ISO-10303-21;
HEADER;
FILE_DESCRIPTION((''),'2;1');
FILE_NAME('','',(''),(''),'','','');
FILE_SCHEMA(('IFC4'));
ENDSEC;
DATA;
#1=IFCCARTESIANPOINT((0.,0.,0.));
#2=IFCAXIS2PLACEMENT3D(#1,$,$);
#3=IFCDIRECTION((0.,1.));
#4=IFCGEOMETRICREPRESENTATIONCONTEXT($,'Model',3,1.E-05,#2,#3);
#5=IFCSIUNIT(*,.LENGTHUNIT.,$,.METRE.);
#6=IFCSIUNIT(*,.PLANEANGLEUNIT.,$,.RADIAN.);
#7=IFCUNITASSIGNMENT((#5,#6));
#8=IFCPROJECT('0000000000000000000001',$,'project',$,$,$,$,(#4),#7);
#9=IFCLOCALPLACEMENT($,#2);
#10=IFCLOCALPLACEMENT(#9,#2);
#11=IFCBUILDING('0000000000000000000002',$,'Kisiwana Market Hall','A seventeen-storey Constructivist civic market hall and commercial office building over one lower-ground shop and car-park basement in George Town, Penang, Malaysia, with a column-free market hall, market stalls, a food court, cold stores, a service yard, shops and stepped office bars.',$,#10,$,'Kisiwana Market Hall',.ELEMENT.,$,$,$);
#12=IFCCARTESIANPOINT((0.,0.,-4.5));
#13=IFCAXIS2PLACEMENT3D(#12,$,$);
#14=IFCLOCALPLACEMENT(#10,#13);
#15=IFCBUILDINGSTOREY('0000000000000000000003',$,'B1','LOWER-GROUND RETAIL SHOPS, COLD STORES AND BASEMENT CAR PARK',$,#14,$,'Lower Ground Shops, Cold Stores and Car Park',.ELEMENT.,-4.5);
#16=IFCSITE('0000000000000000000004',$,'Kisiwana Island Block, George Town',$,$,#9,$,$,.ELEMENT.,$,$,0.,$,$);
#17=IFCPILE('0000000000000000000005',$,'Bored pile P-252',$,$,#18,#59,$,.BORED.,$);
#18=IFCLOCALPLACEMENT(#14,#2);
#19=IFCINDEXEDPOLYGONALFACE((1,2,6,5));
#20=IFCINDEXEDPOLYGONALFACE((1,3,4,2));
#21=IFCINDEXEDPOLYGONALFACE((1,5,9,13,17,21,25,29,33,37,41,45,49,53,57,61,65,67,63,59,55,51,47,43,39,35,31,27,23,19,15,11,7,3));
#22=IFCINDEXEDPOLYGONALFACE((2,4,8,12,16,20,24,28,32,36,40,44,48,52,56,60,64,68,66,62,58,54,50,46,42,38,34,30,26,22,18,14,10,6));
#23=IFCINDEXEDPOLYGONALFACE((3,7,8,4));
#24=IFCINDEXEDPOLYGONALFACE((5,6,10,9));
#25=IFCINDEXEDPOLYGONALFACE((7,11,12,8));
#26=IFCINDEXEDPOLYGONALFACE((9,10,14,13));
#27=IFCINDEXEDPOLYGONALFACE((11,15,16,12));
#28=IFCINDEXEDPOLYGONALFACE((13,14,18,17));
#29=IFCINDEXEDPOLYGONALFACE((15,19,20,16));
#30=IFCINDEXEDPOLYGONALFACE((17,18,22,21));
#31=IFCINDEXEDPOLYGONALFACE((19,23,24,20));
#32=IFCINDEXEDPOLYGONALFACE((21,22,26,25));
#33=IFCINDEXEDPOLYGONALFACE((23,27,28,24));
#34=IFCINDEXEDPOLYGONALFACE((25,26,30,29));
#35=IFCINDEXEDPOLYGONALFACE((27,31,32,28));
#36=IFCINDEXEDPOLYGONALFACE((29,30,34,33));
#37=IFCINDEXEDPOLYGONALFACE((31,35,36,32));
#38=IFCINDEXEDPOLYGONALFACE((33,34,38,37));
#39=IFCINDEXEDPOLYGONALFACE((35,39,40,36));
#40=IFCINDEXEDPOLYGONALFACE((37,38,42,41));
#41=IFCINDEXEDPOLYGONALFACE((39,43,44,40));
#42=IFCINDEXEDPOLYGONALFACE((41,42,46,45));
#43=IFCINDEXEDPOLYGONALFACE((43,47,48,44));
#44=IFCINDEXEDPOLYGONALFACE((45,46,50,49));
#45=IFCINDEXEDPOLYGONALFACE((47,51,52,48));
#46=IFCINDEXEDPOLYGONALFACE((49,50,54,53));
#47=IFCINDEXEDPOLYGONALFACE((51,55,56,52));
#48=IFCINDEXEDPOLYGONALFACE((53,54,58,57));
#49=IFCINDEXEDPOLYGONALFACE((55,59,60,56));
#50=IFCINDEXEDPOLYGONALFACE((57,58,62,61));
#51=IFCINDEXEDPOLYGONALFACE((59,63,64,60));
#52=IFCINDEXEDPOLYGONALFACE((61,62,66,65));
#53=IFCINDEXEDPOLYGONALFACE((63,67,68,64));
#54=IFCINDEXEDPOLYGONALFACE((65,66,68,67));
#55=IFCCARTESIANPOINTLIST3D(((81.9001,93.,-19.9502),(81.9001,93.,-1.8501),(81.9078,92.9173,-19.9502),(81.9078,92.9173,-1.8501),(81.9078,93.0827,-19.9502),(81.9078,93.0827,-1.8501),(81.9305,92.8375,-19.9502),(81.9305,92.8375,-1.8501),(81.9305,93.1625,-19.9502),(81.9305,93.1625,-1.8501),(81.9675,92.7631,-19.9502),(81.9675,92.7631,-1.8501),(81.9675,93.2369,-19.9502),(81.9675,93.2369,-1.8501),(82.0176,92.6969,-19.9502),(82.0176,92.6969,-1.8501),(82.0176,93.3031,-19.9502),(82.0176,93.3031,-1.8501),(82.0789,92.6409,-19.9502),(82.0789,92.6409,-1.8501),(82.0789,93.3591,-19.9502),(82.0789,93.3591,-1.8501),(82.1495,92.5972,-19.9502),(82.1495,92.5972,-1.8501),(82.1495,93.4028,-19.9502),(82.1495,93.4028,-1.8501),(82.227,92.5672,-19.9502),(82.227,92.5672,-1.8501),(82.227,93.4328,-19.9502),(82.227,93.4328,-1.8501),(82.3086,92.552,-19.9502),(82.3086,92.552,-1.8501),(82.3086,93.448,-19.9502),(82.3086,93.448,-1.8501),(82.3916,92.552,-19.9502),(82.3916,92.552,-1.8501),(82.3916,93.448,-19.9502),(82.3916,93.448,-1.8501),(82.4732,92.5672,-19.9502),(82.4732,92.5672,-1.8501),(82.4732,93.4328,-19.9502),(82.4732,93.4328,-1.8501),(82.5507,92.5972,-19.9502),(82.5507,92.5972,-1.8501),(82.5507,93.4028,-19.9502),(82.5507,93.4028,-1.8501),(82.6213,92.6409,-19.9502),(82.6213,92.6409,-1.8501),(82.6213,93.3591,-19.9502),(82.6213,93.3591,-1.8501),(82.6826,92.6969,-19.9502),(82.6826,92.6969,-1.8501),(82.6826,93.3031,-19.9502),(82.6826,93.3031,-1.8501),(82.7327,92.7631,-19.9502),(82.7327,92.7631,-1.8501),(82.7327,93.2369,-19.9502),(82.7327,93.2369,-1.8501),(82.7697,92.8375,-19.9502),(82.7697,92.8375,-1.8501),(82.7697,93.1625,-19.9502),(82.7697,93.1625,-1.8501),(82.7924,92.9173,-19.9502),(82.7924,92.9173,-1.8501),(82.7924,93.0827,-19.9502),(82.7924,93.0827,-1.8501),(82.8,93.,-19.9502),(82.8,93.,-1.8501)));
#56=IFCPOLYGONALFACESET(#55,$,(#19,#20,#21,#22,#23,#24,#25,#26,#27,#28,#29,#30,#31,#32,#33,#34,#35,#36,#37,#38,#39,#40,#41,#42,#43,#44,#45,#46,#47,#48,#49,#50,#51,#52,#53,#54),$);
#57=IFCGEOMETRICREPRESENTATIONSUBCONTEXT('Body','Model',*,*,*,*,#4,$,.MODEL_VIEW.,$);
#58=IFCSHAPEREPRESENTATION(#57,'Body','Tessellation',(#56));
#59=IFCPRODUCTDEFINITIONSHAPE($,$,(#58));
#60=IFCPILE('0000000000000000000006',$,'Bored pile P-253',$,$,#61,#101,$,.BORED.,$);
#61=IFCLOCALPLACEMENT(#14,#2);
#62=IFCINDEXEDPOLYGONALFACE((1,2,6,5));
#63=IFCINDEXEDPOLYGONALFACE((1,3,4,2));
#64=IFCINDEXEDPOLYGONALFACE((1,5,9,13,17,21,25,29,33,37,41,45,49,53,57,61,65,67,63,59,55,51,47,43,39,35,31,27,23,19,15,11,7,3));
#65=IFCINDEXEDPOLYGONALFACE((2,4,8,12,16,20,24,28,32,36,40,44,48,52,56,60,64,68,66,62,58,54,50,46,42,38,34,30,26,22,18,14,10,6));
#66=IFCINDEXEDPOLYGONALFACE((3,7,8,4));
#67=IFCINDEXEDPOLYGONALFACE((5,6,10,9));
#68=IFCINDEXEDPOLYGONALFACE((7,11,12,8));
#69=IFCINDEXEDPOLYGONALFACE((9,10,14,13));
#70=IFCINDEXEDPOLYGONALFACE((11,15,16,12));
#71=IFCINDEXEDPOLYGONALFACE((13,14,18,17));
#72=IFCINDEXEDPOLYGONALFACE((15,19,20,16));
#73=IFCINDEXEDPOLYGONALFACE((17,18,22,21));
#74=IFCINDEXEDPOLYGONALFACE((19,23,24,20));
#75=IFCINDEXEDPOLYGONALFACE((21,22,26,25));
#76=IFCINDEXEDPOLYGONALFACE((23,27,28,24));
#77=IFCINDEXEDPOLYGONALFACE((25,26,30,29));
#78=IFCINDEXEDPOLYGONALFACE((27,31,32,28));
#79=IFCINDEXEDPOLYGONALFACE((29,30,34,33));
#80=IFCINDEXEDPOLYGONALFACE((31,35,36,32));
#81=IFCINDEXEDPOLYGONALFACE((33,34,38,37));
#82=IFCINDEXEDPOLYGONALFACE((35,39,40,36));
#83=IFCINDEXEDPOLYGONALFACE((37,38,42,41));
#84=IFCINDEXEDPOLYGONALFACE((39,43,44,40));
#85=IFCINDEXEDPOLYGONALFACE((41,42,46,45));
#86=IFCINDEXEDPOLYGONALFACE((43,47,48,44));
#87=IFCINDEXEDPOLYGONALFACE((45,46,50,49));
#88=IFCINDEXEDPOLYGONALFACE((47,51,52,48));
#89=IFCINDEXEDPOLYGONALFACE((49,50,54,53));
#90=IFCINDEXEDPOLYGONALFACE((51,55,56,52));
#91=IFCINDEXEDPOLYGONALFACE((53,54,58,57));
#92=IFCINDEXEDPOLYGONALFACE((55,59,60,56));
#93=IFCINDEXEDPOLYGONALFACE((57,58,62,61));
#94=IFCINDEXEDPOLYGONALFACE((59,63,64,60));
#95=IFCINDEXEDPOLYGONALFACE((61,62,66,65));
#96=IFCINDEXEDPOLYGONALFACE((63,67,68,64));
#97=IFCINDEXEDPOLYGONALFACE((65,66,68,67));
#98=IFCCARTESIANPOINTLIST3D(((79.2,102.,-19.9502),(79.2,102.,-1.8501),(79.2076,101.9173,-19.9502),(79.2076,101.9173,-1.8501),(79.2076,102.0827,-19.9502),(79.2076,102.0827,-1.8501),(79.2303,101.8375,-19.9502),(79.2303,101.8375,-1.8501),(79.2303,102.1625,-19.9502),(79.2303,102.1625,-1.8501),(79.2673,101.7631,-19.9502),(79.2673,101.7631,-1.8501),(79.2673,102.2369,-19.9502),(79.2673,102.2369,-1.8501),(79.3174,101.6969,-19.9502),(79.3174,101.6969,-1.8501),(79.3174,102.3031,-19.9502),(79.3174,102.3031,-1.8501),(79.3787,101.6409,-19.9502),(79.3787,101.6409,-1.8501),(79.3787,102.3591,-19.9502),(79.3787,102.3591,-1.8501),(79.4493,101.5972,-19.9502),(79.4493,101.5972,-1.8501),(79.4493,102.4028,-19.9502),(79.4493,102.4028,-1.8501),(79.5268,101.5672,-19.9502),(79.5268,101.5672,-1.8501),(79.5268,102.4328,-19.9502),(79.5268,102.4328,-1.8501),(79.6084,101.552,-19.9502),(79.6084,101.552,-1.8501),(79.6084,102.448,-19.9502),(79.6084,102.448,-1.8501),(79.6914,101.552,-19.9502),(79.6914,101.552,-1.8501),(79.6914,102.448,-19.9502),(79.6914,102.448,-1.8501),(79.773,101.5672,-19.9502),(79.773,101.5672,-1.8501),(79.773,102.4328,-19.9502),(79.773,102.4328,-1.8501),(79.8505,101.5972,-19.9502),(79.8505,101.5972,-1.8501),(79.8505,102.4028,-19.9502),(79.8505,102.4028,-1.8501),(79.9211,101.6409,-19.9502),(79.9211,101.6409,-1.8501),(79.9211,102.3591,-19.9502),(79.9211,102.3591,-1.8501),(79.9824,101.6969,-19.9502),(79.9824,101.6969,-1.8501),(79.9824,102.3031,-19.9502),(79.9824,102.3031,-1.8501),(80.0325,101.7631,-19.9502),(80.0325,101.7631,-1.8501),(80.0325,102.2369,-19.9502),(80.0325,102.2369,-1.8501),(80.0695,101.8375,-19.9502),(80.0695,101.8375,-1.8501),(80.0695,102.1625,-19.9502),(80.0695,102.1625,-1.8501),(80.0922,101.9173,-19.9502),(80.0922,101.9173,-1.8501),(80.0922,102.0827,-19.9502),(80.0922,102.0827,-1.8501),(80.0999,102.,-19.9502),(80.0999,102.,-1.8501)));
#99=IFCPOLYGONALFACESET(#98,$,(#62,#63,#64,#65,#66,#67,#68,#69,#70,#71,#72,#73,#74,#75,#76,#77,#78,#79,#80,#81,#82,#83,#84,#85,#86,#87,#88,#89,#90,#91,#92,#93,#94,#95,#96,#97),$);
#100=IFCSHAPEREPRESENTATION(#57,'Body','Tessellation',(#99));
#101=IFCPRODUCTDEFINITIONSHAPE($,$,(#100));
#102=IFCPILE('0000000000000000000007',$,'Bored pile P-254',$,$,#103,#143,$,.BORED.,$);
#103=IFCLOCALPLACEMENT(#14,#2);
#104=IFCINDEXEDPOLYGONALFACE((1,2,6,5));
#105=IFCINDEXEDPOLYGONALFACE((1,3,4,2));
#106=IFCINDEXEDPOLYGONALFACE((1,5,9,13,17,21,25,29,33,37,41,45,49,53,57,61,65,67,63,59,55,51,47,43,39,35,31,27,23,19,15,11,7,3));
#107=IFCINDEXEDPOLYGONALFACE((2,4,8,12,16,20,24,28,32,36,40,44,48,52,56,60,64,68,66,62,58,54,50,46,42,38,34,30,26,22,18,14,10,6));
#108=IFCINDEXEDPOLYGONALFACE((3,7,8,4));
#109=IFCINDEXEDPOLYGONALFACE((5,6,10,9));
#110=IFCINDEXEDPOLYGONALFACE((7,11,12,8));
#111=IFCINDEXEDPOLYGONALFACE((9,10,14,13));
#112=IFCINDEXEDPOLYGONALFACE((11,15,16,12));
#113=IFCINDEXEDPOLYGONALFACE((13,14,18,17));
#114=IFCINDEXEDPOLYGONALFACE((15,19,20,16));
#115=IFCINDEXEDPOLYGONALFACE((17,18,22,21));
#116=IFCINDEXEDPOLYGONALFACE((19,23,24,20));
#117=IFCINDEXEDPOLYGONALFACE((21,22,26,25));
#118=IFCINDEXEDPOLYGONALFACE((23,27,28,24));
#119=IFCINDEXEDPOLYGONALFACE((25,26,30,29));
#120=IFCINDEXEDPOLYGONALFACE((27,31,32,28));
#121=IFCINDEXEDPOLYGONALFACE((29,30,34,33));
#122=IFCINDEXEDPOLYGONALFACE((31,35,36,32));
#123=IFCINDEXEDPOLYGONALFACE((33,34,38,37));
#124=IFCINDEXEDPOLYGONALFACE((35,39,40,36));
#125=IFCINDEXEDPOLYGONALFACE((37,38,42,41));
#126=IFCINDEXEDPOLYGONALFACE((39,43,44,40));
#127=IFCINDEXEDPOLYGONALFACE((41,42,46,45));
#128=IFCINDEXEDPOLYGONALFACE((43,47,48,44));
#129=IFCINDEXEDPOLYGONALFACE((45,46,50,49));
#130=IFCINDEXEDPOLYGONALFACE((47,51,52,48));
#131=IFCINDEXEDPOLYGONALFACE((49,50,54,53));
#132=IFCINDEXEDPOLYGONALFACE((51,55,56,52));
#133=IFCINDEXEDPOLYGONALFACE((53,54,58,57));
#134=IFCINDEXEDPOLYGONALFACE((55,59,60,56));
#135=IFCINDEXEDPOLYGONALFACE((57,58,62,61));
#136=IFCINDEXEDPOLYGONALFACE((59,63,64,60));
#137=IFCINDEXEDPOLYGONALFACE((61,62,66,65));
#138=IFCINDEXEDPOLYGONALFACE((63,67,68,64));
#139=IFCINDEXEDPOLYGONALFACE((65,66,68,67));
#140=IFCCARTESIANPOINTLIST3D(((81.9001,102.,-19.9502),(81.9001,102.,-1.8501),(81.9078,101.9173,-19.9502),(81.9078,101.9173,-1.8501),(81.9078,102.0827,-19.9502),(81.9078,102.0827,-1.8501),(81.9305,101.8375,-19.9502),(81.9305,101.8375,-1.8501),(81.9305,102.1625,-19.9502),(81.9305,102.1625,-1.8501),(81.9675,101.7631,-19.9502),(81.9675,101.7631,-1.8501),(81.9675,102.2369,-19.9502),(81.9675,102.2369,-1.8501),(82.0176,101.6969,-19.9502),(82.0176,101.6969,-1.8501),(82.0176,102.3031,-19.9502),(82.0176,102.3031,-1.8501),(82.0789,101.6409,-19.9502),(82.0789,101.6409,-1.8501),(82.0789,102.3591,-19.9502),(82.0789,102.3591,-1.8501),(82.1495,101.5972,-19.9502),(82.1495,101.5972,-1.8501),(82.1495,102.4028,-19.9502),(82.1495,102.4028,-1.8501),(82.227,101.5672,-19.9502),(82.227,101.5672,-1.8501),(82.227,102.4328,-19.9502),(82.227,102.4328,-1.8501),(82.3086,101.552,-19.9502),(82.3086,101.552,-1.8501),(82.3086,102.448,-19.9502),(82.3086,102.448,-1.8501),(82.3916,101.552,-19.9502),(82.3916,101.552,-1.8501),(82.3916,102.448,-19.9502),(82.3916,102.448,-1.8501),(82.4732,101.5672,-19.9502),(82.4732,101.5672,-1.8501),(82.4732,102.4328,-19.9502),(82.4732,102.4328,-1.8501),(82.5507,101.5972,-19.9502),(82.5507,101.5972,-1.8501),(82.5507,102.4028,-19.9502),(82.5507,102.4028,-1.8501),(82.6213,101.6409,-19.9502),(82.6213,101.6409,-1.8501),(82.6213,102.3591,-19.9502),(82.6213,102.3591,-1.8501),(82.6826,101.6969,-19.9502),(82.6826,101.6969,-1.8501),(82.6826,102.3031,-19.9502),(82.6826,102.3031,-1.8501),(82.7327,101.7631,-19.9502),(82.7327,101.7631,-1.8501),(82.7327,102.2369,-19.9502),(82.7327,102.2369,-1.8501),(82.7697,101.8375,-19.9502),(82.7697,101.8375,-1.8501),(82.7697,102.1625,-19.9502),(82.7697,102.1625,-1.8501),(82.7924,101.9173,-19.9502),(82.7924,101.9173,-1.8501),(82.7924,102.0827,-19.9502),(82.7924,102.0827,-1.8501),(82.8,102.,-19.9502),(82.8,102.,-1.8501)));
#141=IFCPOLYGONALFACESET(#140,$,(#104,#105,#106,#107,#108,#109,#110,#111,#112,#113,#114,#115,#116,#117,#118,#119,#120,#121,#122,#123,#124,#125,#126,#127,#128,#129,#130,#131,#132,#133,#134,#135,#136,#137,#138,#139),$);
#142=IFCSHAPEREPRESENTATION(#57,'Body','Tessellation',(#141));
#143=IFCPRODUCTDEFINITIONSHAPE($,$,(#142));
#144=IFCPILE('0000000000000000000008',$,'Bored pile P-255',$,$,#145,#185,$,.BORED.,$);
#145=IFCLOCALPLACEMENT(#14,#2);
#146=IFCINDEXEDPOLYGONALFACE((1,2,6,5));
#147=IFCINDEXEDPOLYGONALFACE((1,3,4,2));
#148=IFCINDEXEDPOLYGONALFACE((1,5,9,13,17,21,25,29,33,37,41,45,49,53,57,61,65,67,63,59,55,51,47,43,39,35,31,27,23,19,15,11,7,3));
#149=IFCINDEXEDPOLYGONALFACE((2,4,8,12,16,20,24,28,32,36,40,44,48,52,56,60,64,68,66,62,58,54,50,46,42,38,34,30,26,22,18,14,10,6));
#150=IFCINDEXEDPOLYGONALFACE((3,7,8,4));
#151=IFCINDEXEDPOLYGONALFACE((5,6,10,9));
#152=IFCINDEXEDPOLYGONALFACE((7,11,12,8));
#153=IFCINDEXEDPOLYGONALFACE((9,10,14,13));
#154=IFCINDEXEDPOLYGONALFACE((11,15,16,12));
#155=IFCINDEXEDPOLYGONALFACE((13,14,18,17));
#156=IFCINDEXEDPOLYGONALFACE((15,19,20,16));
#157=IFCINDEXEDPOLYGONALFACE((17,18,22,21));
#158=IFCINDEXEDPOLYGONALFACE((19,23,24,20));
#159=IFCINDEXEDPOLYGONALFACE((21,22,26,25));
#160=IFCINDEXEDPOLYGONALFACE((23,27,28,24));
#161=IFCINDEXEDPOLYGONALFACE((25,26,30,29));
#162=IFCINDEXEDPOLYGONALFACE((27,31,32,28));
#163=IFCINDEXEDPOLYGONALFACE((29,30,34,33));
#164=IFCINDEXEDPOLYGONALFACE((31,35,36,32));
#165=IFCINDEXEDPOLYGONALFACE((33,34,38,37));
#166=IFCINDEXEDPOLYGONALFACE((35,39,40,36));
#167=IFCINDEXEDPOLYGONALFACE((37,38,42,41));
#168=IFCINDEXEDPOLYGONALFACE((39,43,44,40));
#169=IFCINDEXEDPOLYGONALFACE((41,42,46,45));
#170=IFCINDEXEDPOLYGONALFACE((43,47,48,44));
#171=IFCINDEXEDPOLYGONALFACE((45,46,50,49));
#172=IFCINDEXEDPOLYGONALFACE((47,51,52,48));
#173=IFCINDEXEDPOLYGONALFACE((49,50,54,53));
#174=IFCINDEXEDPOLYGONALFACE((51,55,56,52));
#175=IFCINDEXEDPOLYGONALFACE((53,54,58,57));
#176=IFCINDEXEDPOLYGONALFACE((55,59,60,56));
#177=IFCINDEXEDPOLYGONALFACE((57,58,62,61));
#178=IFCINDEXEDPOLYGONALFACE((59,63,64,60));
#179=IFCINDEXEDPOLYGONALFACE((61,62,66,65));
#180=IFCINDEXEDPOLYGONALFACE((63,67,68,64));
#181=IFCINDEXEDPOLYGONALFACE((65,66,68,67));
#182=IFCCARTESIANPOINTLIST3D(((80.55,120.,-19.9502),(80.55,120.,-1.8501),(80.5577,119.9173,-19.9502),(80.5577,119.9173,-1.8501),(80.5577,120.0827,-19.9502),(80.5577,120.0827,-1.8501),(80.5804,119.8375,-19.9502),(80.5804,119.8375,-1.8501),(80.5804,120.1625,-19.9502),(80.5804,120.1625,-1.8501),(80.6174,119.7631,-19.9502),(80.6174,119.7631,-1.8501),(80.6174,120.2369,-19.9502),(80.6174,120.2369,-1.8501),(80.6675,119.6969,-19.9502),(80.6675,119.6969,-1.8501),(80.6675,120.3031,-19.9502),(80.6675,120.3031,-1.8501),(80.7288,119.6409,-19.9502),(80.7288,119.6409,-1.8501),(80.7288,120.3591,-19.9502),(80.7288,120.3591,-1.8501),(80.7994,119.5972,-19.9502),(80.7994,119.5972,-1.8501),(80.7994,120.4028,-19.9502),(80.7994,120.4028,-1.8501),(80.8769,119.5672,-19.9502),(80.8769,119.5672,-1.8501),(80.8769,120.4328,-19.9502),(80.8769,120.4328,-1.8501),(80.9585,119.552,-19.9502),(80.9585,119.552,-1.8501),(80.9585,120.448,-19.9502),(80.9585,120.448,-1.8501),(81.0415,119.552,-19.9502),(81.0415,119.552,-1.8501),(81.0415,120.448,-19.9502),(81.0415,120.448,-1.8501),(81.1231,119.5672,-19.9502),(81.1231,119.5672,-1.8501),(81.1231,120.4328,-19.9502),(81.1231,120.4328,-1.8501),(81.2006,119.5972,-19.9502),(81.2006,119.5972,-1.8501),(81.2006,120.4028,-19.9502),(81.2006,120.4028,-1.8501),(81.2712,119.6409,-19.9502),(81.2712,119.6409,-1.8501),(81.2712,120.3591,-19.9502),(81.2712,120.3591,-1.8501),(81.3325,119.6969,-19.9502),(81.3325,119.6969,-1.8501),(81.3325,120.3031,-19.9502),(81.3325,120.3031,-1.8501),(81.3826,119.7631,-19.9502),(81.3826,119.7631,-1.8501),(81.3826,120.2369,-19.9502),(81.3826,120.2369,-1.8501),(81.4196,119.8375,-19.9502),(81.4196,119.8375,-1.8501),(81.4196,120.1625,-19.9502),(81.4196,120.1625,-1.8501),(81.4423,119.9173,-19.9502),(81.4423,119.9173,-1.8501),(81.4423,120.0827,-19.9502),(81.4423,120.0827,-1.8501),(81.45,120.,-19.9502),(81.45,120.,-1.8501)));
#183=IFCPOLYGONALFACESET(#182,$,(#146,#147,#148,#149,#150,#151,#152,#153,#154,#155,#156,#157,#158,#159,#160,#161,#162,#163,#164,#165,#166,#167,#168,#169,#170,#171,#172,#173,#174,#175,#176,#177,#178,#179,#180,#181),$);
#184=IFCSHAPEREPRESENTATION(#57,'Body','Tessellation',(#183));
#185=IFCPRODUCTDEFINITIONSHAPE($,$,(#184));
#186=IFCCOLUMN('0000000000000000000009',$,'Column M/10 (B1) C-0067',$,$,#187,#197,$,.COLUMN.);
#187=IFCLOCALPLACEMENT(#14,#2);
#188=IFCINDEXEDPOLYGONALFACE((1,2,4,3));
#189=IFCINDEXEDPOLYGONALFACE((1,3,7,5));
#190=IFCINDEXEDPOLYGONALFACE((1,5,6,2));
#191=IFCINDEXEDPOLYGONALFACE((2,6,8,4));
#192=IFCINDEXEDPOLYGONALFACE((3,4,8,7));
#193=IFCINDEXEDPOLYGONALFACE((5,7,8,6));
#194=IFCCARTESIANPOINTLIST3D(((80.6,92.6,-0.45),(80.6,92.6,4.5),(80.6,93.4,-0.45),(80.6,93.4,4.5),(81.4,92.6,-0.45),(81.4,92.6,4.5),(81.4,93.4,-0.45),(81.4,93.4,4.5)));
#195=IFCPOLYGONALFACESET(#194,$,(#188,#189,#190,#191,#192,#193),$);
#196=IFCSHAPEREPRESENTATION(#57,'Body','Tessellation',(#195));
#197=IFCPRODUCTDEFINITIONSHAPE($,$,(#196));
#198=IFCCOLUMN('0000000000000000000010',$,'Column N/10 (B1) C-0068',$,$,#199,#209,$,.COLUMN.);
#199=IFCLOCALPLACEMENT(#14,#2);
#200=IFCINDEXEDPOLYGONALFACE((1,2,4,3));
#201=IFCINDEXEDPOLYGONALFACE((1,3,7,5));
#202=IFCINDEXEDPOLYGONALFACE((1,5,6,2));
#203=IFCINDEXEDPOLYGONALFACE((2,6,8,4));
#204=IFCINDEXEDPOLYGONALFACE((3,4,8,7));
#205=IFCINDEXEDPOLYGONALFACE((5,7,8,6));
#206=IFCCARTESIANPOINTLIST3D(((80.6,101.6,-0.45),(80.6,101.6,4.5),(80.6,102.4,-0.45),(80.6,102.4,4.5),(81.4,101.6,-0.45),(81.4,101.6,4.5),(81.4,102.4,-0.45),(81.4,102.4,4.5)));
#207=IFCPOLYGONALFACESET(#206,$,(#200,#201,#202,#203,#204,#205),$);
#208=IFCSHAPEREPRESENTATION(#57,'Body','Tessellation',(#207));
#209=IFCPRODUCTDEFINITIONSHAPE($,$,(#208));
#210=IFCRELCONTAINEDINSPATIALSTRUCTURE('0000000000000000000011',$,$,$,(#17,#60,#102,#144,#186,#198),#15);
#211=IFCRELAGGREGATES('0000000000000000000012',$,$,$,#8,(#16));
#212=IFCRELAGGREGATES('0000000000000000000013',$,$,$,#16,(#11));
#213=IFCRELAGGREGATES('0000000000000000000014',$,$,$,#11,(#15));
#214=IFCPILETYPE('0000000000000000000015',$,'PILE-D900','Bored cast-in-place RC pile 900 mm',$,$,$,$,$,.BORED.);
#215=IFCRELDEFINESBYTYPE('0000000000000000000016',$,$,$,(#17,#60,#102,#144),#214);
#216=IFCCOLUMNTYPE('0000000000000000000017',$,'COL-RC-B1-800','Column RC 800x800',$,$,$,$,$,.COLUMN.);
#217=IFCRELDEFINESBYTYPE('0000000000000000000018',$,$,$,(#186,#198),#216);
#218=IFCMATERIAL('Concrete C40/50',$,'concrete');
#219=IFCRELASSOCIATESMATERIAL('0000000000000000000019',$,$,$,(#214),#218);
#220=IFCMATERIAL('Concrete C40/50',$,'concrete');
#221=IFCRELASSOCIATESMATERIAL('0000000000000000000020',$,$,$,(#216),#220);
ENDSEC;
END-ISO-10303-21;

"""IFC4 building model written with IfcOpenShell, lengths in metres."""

from ifc_helpers import new_model, si_unit, direction, frame, origin, origin_2d, place, context, subcontext, project, spatial, rectangle, circle, extrude, material, material_profile, profile_set, type_object, element, save


model = new_model("IFC4")

# Units and contexts
model_context = context("Model", 3, precision=1e-05, world=origin(), true_north=direction((0.0, 1.0)))
body_context = subcontext(model_context, "Body", "Model", "MODEL_VIEW")
ifc_project = project(units=[si_unit("LENGTHUNIT", "METRE"), si_unit("PLANEANGLEUNIT", "RADIAN")], contexts=[model_context])

# Site, building, storey
site_placement = place(None, origin())
site = spatial("IfcSite", under=ifc_project, at=site_placement, Name="Kisiwana Island Block, George Town", CompositionType="ELEMENT", RefElevation=0.0)
building_placement = place(site_placement, origin())
building = spatial("IfcBuilding", under=site, at=building_placement, Name="Kisiwana Market Hall", Description="A seventeen-storey Constructivist civic market hall and commercial office building over one lower-ground shop and car-park basement in George Town, Penang, Malaysia, with a column-free market hall, market stalls, a food court, cold stores, a service yard, shops and stepped office bars.", LongName="Kisiwana Market Hall", CompositionType="ELEMENT")
storey_placement = place(building_placement, frame((0.0, 0.0, -4.5)))
storey = spatial("IfcBuildingStorey", under=building, at=storey_placement, Name="B1", Description="LOWER-GROUND RETAIL SHOPS, COLD STORES AND BASEMENT CAR PARK", LongName="Lower Ground Shops, Cold Stores and Car Park", CompositionType="ELEMENT", Elevation=-4.5)

# Piles
ifc_material_1 = material(Name="Concrete C40/50", Category="concrete")
ifc_material_profile_1 = material_profile(ifc_material_1, circle(Radius=0.45, at=origin_2d()), Name="BP D900")
ifc_profile_set_1 = profile_set([ifc_material_profile_1], Name="Concrete C40/50")
pile_type_1 = type_object("IfcPileType", Name="PILE-D900", Description="Bored cast-in-place RC pile 900 mm", PredefinedType="BORED", material=ifc_profile_set_1)
for number, where, z_axis, x_axis, name in (
    (1, (82.3501, 93.0, -1.8501), (0.0, 0.0, -1.0), (1.0, 0.0, 0.0), "Bored pile P-252"),
    (2, (79.6499, 102.0, -1.8501), (0.0, 0.0, -1.0), (1.0, 0.0, 0.0), "Bored pile P-253"),
    (3, (82.3501, 102.0, -1.8501), (0.0, 0.0, -1.0), (1.0, 0.0, 0.0), "Bored pile P-254"),
    (4, (81.0, 120.0, -1.8501), (0.0, 0.0, -1.0), (1.0, 0.0, 0.0), "Bored pile P-255"),
):
    element("IfcPile", number, at=place(storey_placement, frame(where, z_axis=z_axis, x_axis=x_axis)), inside=storey, type_object=pile_type_1, Name=name, PredefinedType="BORED", context=body_context, shape_type="SweptSolid", body=[
        extrude(circle(Radius=0.45, at=origin_2d()), origin(), (0.0, 0.0, 1.0), 18.1001),
    ])

# Columns
ifc_material_2 = material(Name="Concrete C40/50", Category="concrete")
ifc_material_profile_2 = material_profile(ifc_material_2, rectangle(XDim=0.8, YDim=0.8, at=origin_2d()), Name="RC 800x800")
ifc_profile_set_2 = profile_set([ifc_material_profile_2], Name="Concrete C40/50")
column_type_1 = type_object("IfcColumnType", Name="COL-RC-B1-800", Description="Column RC 800x800", PredefinedType="COLUMN", material=ifc_profile_set_2)
for number, where, z_axis, x_axis, name in (
    (5, (81.0, 93.0, -0.45), (0.0, 0.0, 1.0), (1.0, 0.0, 0.0), "Column M/10 (B1) C-0067"),
    (6, (81.0, 102.0, -0.45), (0.0, 0.0, 1.0), (1.0, 0.0, 0.0), "Column N/10 (B1) C-0068"),
):
    element("IfcColumn", number, at=place(storey_placement, frame(where, z_axis=z_axis, x_axis=x_axis)), inside=storey, type_object=column_type_1, Name=name, PredefinedType="COLUMN", context=body_context, shape_type="SweptSolid", body=[
        extrude(rectangle(XDim=0.8, YDim=0.8, at=origin_2d()), origin(), (0.0, 0.0, 1.0), 4.95),
    ])

save(model, "model.ifc")
